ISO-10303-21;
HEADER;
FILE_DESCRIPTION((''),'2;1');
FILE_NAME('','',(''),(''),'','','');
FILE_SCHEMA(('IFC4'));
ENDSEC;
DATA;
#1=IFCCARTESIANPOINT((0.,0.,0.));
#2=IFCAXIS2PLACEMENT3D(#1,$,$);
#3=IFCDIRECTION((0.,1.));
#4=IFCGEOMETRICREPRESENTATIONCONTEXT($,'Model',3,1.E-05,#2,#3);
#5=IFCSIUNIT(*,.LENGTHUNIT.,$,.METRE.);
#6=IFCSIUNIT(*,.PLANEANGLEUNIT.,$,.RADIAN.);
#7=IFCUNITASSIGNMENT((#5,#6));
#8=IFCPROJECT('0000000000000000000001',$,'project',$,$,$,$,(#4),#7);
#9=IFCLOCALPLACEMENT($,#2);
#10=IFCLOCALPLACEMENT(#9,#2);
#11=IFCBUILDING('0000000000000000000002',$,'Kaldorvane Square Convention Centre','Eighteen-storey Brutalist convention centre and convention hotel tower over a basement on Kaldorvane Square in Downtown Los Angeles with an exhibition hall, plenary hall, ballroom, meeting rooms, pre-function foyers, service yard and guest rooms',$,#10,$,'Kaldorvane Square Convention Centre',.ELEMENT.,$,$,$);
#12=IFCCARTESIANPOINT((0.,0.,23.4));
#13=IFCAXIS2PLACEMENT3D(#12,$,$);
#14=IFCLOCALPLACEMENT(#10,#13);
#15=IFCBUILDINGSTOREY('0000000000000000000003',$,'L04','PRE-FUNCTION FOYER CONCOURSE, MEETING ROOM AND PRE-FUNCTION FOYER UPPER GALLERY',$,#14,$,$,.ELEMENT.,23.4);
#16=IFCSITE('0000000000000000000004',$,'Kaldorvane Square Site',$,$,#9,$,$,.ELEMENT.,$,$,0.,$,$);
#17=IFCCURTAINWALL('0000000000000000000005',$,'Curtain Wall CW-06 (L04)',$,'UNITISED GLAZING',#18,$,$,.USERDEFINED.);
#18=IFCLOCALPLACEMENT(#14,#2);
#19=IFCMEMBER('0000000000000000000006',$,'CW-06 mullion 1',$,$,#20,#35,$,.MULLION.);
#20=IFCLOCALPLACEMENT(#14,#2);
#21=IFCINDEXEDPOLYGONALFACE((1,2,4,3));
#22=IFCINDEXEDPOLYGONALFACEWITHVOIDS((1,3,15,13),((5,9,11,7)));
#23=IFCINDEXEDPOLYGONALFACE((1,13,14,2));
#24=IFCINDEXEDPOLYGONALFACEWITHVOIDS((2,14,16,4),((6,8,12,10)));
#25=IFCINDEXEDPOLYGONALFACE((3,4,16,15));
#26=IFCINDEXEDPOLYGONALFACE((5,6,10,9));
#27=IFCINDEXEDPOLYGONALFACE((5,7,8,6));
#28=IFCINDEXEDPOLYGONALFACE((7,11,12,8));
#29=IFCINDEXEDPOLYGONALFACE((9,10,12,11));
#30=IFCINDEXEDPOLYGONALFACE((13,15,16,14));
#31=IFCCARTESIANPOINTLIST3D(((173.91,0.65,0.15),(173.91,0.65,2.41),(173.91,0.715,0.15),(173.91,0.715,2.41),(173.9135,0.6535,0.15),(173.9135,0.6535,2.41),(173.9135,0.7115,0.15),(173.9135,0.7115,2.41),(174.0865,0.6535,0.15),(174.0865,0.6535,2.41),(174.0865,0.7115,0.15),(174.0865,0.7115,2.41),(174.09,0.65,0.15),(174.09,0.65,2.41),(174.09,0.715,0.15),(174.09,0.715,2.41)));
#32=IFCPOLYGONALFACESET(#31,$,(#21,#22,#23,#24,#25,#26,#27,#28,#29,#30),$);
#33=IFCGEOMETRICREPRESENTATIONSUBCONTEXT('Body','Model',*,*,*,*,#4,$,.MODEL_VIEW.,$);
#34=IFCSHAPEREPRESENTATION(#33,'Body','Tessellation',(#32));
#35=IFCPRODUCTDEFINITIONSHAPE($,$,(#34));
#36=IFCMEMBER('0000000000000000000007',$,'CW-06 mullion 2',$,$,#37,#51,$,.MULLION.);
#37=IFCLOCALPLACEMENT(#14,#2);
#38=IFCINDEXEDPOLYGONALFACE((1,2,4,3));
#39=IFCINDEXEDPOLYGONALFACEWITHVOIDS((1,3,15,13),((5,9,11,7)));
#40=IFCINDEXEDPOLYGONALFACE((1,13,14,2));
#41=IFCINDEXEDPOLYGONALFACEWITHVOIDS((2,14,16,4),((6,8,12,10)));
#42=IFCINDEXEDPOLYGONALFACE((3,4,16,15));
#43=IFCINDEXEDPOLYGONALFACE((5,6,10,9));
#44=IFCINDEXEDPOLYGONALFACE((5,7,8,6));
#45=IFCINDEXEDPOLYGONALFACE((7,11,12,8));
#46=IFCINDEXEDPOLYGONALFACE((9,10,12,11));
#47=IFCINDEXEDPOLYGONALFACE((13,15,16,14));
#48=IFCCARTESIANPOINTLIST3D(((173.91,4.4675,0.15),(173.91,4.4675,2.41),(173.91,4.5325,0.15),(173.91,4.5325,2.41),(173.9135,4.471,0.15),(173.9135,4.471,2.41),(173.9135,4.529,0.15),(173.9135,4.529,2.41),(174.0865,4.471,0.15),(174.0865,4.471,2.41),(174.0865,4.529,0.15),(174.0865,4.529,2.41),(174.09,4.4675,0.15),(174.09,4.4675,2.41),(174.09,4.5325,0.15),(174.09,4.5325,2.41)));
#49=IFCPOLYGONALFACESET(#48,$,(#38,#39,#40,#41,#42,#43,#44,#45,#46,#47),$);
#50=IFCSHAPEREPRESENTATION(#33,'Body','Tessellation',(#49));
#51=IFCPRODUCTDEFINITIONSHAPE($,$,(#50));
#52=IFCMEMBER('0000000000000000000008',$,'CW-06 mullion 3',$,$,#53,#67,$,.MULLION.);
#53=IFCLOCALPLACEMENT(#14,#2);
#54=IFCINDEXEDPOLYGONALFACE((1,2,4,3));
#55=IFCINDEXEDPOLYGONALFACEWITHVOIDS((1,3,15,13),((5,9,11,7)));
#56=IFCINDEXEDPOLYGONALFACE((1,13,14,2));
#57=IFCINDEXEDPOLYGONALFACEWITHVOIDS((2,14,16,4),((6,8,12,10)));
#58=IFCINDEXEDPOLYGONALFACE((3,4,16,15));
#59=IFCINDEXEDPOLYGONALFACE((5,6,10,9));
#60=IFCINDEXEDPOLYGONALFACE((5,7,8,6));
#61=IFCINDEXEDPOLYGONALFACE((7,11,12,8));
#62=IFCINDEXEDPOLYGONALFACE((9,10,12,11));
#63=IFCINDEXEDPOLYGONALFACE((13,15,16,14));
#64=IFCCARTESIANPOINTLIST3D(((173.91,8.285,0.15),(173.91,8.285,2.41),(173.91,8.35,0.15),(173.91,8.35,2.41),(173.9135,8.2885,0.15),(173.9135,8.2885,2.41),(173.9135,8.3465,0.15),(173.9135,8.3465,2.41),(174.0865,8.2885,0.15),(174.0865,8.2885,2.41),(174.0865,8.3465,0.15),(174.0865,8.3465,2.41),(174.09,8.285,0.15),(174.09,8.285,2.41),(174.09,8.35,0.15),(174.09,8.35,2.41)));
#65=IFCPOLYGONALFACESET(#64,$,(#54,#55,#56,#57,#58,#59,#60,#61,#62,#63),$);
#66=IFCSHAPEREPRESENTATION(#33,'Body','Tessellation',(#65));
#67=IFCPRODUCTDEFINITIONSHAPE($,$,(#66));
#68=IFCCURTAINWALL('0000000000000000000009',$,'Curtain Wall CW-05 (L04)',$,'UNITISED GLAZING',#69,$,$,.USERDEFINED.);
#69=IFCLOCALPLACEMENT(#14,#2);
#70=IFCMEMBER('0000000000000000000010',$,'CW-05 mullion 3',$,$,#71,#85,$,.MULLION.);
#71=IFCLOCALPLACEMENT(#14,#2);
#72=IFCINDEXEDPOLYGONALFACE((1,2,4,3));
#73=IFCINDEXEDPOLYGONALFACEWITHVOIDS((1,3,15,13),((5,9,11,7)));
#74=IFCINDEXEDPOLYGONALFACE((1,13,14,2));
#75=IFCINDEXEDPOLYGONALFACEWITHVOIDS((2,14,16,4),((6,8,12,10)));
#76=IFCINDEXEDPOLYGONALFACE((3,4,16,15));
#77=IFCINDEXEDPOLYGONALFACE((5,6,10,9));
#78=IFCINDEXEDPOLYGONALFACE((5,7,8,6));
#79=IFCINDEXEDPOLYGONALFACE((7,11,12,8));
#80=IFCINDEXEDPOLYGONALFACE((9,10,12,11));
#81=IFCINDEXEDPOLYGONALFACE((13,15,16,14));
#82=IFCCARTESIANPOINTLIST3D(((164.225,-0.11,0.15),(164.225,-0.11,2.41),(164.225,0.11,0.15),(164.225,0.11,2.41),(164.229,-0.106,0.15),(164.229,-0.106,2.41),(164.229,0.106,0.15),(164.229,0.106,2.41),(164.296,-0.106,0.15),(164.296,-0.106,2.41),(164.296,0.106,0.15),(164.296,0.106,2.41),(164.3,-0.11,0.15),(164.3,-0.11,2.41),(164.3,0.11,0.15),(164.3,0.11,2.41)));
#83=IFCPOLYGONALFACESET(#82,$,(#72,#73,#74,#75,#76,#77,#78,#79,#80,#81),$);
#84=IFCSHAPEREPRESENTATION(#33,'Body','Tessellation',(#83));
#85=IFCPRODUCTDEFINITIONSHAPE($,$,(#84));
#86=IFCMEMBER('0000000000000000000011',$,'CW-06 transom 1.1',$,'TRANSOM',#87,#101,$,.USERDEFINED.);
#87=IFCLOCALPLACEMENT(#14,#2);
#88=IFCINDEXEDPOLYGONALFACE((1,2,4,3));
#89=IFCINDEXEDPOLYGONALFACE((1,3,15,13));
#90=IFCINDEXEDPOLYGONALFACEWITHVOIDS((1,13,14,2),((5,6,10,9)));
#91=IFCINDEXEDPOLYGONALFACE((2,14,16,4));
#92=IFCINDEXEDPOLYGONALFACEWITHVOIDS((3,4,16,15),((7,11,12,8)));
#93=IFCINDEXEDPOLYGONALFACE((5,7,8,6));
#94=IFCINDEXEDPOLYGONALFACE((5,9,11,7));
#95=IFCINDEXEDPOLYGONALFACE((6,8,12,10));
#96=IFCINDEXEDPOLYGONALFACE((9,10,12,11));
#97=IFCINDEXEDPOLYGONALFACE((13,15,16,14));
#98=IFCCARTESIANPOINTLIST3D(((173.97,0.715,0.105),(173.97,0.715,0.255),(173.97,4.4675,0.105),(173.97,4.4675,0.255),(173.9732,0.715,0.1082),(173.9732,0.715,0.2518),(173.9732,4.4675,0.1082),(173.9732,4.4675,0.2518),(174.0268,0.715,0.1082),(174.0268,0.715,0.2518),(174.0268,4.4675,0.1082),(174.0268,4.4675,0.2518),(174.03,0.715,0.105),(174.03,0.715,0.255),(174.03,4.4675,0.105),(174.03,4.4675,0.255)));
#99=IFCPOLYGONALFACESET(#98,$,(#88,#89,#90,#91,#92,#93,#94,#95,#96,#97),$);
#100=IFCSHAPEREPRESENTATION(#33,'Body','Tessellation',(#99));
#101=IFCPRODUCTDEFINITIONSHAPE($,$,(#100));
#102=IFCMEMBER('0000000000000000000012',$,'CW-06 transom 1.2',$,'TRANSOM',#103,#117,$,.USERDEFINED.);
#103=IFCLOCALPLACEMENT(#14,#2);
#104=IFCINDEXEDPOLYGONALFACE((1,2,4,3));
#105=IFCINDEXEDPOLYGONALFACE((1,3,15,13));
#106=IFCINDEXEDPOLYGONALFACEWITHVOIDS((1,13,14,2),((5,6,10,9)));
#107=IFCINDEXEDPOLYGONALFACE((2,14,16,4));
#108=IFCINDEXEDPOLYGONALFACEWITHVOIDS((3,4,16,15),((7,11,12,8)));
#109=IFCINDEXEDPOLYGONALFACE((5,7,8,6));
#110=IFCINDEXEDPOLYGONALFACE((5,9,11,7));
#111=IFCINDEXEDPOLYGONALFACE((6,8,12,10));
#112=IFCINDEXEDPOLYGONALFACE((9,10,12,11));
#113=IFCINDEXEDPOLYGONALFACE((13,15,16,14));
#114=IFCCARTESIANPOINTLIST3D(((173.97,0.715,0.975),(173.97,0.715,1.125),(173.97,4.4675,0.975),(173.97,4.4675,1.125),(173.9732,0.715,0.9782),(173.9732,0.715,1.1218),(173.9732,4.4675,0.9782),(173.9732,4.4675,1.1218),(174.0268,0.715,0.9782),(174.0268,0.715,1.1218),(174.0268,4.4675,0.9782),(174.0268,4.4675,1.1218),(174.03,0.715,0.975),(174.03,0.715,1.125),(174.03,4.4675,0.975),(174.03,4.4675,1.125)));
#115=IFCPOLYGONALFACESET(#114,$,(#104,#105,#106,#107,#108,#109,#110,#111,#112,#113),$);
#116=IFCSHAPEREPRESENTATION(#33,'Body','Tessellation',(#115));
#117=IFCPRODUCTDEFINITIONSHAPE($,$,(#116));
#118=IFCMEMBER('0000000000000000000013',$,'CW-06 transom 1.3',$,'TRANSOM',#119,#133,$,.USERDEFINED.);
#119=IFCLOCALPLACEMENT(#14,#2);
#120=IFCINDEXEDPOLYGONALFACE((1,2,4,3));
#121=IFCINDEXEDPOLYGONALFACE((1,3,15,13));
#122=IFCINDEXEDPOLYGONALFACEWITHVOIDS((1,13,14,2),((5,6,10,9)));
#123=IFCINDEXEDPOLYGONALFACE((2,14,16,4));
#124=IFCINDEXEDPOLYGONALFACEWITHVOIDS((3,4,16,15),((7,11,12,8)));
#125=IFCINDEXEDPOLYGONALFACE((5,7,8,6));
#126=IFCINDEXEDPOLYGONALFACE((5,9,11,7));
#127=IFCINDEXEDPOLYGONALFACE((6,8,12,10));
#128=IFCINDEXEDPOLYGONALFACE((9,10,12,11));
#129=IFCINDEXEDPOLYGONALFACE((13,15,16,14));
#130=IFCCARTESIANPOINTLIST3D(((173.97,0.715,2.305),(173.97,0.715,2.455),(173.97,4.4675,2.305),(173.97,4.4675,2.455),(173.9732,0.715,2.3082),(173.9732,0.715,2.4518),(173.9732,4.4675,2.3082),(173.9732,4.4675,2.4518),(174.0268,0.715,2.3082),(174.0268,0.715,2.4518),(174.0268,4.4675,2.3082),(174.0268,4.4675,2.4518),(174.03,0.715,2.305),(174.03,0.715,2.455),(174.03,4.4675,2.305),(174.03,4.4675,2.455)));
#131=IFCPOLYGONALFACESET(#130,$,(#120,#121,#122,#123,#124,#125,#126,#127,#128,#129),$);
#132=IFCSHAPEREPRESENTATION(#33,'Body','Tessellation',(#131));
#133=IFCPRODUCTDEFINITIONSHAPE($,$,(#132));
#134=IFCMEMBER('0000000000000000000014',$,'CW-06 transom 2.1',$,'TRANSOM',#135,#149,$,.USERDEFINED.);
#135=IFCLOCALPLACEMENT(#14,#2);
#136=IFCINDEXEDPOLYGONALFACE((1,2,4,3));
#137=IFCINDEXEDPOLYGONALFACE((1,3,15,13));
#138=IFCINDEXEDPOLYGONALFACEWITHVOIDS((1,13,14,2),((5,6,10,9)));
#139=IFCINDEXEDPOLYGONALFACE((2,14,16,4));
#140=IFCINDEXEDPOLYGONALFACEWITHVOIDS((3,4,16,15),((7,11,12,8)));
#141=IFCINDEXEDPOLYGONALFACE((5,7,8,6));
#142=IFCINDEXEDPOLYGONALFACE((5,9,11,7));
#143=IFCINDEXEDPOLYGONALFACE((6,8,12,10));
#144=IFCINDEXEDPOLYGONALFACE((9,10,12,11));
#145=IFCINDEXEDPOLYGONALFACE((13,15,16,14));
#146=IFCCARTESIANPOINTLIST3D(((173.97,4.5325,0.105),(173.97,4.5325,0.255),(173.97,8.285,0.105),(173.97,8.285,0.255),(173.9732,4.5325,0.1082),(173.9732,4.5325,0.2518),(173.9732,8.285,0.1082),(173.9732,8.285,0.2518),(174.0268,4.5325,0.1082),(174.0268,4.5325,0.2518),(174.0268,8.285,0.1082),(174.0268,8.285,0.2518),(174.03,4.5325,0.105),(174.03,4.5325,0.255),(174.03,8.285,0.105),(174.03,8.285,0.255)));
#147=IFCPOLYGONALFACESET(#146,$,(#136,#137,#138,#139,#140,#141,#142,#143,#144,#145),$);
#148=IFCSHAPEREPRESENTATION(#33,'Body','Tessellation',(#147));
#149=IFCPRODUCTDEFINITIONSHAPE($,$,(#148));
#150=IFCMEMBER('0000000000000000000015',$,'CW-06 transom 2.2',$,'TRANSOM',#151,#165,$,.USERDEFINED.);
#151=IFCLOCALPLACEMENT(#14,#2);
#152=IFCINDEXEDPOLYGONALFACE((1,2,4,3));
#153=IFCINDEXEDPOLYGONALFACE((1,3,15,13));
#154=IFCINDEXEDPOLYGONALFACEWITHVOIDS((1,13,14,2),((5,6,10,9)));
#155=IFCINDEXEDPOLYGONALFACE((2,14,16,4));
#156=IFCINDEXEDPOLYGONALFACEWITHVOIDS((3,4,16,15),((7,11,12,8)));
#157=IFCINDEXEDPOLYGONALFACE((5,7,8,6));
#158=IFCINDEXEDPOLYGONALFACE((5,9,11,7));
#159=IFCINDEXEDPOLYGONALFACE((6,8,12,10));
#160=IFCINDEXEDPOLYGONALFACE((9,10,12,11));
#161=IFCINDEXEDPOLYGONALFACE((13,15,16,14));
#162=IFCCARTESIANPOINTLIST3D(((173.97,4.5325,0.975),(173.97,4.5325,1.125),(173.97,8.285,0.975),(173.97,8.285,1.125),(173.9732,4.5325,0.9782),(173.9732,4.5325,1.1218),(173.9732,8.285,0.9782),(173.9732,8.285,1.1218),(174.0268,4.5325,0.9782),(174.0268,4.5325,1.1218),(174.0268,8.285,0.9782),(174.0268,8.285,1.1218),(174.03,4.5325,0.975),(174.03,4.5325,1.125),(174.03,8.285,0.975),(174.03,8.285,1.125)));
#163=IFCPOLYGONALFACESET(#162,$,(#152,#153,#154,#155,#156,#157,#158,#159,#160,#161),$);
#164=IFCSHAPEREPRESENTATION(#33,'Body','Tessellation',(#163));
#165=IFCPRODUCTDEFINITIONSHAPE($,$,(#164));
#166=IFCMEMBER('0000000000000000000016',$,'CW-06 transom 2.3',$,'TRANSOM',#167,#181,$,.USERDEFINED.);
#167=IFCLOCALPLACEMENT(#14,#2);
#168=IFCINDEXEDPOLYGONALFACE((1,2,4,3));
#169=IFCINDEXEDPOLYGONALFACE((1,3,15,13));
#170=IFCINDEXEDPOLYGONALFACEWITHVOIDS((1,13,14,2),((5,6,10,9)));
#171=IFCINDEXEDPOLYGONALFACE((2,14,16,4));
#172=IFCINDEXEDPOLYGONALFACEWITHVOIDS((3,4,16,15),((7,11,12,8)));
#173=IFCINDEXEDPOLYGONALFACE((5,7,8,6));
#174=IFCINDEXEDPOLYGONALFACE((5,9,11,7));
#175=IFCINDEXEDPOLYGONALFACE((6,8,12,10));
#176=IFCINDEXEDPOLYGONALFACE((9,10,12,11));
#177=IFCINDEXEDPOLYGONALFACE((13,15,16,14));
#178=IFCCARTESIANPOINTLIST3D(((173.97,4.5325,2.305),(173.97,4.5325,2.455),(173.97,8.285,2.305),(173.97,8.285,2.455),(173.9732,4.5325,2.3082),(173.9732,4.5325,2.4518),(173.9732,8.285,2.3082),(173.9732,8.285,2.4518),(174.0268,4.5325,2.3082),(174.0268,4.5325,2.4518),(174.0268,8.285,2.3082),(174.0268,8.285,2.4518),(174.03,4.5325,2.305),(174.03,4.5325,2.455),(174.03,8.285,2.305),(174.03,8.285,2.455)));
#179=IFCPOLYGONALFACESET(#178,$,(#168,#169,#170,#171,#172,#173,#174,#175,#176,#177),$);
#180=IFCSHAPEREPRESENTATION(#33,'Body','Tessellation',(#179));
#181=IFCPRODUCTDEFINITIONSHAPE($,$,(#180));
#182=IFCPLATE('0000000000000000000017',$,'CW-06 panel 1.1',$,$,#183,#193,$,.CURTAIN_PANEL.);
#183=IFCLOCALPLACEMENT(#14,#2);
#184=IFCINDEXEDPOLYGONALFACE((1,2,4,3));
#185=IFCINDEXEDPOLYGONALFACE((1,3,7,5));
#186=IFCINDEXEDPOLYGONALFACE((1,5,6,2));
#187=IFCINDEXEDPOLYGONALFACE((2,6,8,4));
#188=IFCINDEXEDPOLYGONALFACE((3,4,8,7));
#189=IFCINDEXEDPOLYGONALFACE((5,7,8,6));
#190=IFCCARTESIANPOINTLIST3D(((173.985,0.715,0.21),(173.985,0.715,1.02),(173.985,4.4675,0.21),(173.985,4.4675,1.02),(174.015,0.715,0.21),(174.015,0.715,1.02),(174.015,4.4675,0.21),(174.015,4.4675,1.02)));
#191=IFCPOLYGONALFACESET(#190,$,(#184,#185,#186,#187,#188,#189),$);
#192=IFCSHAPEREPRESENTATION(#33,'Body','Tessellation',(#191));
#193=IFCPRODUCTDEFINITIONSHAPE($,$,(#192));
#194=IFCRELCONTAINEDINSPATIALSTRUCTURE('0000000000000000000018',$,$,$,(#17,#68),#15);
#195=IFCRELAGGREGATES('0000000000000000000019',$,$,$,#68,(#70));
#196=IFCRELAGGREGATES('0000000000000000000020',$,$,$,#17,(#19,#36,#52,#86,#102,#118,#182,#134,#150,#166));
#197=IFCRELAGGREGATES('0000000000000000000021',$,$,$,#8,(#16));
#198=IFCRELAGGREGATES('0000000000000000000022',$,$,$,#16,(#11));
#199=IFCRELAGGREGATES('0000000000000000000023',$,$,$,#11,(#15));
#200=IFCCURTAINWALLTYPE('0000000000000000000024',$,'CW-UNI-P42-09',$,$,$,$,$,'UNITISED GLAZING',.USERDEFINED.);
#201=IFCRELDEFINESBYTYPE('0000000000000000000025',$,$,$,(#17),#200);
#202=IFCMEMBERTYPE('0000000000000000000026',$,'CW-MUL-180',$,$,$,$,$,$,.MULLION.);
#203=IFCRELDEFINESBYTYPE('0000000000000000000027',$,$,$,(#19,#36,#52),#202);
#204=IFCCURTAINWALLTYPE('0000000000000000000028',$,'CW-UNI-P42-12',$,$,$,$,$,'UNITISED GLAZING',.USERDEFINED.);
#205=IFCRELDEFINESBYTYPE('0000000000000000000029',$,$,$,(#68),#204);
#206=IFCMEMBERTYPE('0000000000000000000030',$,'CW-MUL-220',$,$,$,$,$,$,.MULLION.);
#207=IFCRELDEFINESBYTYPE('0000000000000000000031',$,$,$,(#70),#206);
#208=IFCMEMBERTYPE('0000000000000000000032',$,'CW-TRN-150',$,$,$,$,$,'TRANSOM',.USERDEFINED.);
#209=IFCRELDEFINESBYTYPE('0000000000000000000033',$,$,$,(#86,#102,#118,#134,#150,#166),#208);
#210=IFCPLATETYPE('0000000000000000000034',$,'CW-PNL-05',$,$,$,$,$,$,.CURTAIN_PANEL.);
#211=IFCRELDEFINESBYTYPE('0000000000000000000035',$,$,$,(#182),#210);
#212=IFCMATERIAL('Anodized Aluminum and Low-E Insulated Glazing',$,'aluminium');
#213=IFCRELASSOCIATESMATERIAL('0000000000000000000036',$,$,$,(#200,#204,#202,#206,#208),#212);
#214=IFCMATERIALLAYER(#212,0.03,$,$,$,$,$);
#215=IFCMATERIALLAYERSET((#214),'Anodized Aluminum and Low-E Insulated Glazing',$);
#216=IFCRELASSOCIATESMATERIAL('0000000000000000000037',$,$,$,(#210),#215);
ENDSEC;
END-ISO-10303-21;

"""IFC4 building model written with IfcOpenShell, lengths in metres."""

from ifc_helpers import new_model, si_unit, direction, frame, origin, origin_2d, place, context, subcontext, project, spatial, rectangle, hollow_rectangle, extrude, material, layer, layer_set, material_profile, profile_set, type_object, element, aggregate, save


model = new_model("IFC4")

# Units and contexts
model_context = context("Model", 3, precision=1e-05, world=origin(), true_north=direction((0.0, 1.0)))
body_context = subcontext(model_context, "Body", "Model", "MODEL_VIEW")
ifc_project = project(units=[si_unit("LENGTHUNIT", "METRE"), si_unit("PLANEANGLEUNIT", "RADIAN")], contexts=[model_context])

# Site, building, storey
site_placement = place(None, origin())
site = spatial("IfcSite", under=ifc_project, at=site_placement, Name="Kaldorvane Square Site", CompositionType="ELEMENT", RefElevation=0.0)
building_placement = place(site_placement, origin())
building = spatial("IfcBuilding", under=site, at=building_placement, Name="Kaldorvane Square Convention Centre", Description="Eighteen-storey Brutalist convention centre and convention hotel tower over a basement on Kaldorvane Square in Downtown Los Angeles with an exhibition hall, plenary hall, ballroom, meeting rooms, pre-function foyers, service yard and guest rooms", LongName="Kaldorvane Square Convention Centre", CompositionType="ELEMENT")
storey_placement = place(building_placement, frame((0.0, 0.0, 23.4)))
storey = spatial("IfcBuildingStorey", under=building, at=storey_placement, Name="L04", Description="PRE-FUNCTION FOYER CONCOURSE, MEETING ROOM AND PRE-FUNCTION FOYER UPPER GALLERY", CompositionType="ELEMENT", Elevation=23.4)

# Curtain wall, members
ifc_material_1 = material(Name="Anodized Aluminum and Low-E Insulated Glazing", Category="aluminium")
curtain_wall_type_1 = type_object("IfcCurtainWallType", Name="CW-UNI-P42-09", ElementType="UNITISED GLAZING", PredefinedType="USERDEFINED", material=ifc_material_1)
curtain_wall_1_placement = place(storey_placement, origin())
curtain_wall_1 = element("IfcCurtainWall", 1, at=curtain_wall_1_placement, inside=storey, type_object=curtain_wall_type_1, Name="Curtain Wall CW-06 (L04)", ObjectType="UNITISED GLAZING", PredefinedType="USERDEFINED")
ifc_material_profile_1 = material_profile(ifc_material_1, hollow_rectangle(XDim=0.065, YDim=0.18, WallThickness=0.0035, at=origin_2d()), Name="CWM-180X65")
ifc_profile_set_1 = profile_set([ifc_material_profile_1], Name="Anodized Aluminum and Low-E Insulated Glazing")
member_type_1 = type_object("IfcMemberType", Name="CW-MUL-180", PredefinedType="MULLION", material=ifc_profile_set_1)
member_1_placement = place(storey_placement, frame((174.0, 0.6825, 0.15), z_axis=(0.0, 0.0, 1.0), x_axis=(0.0, 1.0, 0.0)))
member_1 = element("IfcMember", 2, at=member_1_placement, type_object=member_type_1, Name="CW-06 mullion 1", PredefinedType="MULLION", context=body_context, shape_type="SweptSolid", body=[
    extrude(hollow_rectangle(XDim=0.065, YDim=0.18, WallThickness=0.0035, at=origin_2d()), origin(), (0.0, 0.0, 1.0), 2.26),
])
member_2_placement = place(storey_placement, frame((174.0, 4.5, 0.15), z_axis=(0.0, 0.0, 1.0), x_axis=(0.0, 1.0, 0.0)))
member_2 = element("IfcMember", 3, at=member_2_placement, type_object=member_type_1, Name="CW-06 mullion 2", PredefinedType="MULLION", context=body_context, shape_type="SweptSolid", body=[
    extrude(hollow_rectangle(XDim=0.065, YDim=0.18, WallThickness=0.0035, at=origin_2d()), origin(), (0.0, 0.0, 1.0), 2.26),
])
member_3_placement = place(storey_placement, frame((174.0, 8.3175, 0.15), z_axis=(0.0, 0.0, 1.0), x_axis=(0.0, 1.0, 0.0)))
member_3 = element("IfcMember", 4, at=member_3_placement, type_object=member_type_1, Name="CW-06 mullion 3", PredefinedType="MULLION", context=body_context, shape_type="SweptSolid", body=[
    extrude(hollow_rectangle(XDim=0.065, YDim=0.18, WallThickness=0.0035, at=origin_2d()), origin(), (0.0, 0.0, 1.0), 2.26),
])

# Curtain wall, member
curtain_wall_type_2 = type_object("IfcCurtainWallType", Name="CW-UNI-P42-12", ElementType="UNITISED GLAZING", PredefinedType="USERDEFINED", material=ifc_material_1)
curtain_wall_2_placement = place(storey_placement, origin())
curtain_wall_2 = element("IfcCurtainWall", 5, at=curtain_wall_2_placement, inside=storey, type_object=curtain_wall_type_2, Name="Curtain Wall CW-05 (L04)", ObjectType="UNITISED GLAZING", PredefinedType="USERDEFINED")
ifc_material_profile_2 = material_profile(ifc_material_1, hollow_rectangle(XDim=0.075, YDim=0.22, WallThickness=0.004, at=origin_2d()), Name="CWM-220X75")
ifc_profile_set_2 = profile_set([ifc_material_profile_2], Name="Anodized Aluminum and Low-E Insulated Glazing")
member_type_2 = type_object("IfcMemberType", Name="CW-MUL-220", PredefinedType="MULLION", material=ifc_profile_set_2)
member_4_placement = place(storey_placement, frame((164.2625, 0.0, 0.15), z_axis=(0.0, 0.0, 1.0), x_axis=(1.0, 0.0, 0.0)))
member_4 = element("IfcMember", 6, at=member_4_placement, type_object=member_type_2, Name="CW-05 mullion 3", PredefinedType="MULLION", context=body_context, shape_type="SweptSolid", body=[
    extrude(hollow_rectangle(XDim=0.075, YDim=0.22, WallThickness=0.004, at=origin_2d()), origin(), (0.0, 0.0, 1.0), 2.26),
])
aggregate(curtain_wall_2, [member_4])

# Members
ifc_material_profile_3 = material_profile(ifc_material_1, hollow_rectangle(XDim=0.06, YDim=0.15, WallThickness=0.0032, at=origin_2d()), Name="CWT-150X60")
ifc_profile_set_3 = profile_set([ifc_material_profile_3], Name="Anodized Aluminum and Low-E Insulated Glazing")
member_type_3 = type_object("IfcMemberType", Name="CW-TRN-150", ElementType="TRANSOM", PredefinedType="USERDEFINED", material=ifc_profile_set_3)
member_5_placement = place(storey_placement, frame((174.0, 0.715, 0.18), z_axis=(0.0, 1.0, 0.0), x_axis=(-1.0, 0.0, 0.0)))
member_5 = element("IfcMember", 7, at=member_5_placement, type_object=member_type_3, Name="CW-06 transom 1.1", ObjectType="TRANSOM", PredefinedType="USERDEFINED", context=body_context, shape_type="SweptSolid", body=[
    extrude(hollow_rectangle(XDim=0.06, YDim=0.15, WallThickness=0.0032, at=origin_2d()), origin(), (0.0, 0.0, 1.0), 3.7525),
])
member_6_placement = place(storey_placement, frame((174.0, 0.715, 1.05), z_axis=(0.0, 1.0, 0.0), x_axis=(-1.0, 0.0, 0.0)))
member_6 = element("IfcMember", 8, at=member_6_placement, type_object=member_type_3, Name="CW-06 transom 1.2", ObjectType="TRANSOM", PredefinedType="USERDEFINED", context=body_context, shape_type="SweptSolid", body=[
    extrude(hollow_rectangle(XDim=0.06, YDim=0.15, WallThickness=0.0032, at=origin_2d()), origin(), (0.0, 0.0, 1.0), 3.7525),
])
member_7_placement = place(storey_placement, frame((174.0, 0.715, 2.38), z_axis=(0.0, 1.0, 0.0), x_axis=(-1.0, 0.0, 0.0)))
member_7 = element("IfcMember", 9, at=member_7_placement, type_object=member_type_3, Name="CW-06 transom 1.3", ObjectType="TRANSOM", PredefinedType="USERDEFINED", context=body_context, shape_type="SweptSolid", body=[
    extrude(hollow_rectangle(XDim=0.06, YDim=0.15, WallThickness=0.0032, at=origin_2d()), origin(), (0.0, 0.0, 1.0), 3.7525),
])
member_8_placement = place(storey_placement, frame((174.0, 4.5325, 0.18), z_axis=(0.0, 1.0, 0.0), x_axis=(-1.0, 0.0, 0.0)))
member_8 = element("IfcMember", 10, at=member_8_placement, type_object=member_type_3, Name="CW-06 transom 2.1", ObjectType="TRANSOM", PredefinedType="USERDEFINED", context=body_context, shape_type="SweptSolid", body=[
    extrude(hollow_rectangle(XDim=0.06, YDim=0.15, WallThickness=0.0032, at=origin_2d()), origin(), (0.0, 0.0, 1.0), 3.7525),
])
member_9_placement = place(storey_placement, frame((174.0, 4.5325, 1.05), z_axis=(0.0, 1.0, 0.0), x_axis=(-1.0, 0.0, 0.0)))
member_9 = element("IfcMember", 11, at=member_9_placement, type_object=member_type_3, Name="CW-06 transom 2.2", ObjectType="TRANSOM", PredefinedType="USERDEFINED", context=body_context, shape_type="SweptSolid", body=[
    extrude(hollow_rectangle(XDim=0.06, YDim=0.15, WallThickness=0.0032, at=origin_2d()), origin(), (0.0, 0.0, 1.0), 3.7525),
])
member_10_placement = place(storey_placement, frame((174.0, 4.5325, 2.38), z_axis=(0.0, 1.0, 0.0), x_axis=(-1.0, 0.0, 0.0)))
member_10 = element("IfcMember", 12, at=member_10_placement, type_object=member_type_3, Name="CW-06 transom 2.3", ObjectType="TRANSOM", PredefinedType="USERDEFINED", context=body_context, shape_type="SweptSolid", body=[
    extrude(hollow_rectangle(XDim=0.06, YDim=0.15, WallThickness=0.0032, at=origin_2d()), origin(), (0.0, 0.0, 1.0), 3.7525),
])

# Plate
ifc_layer_1 = layer(ifc_material_1, 0.03)
ifc_layer_set_1 = layer_set([ifc_layer_1], Name="Anodized Aluminum and Low-E Insulated Glazing")
plate_type = type_object("IfcPlateType", Name="CW-PNL-05", PredefinedType="CURTAIN_PANEL", material=ifc_layer_set_1)
plate_1_placement = place(storey_placement, frame((174.0, 2.5912, 0.21), z_axis=(0.0, 0.0, 1.0), x_axis=(0.0, 1.0, 0.0)))
plate_1 = element("IfcPlate", 13, at=plate_1_placement, type_object=plate_type, Name="CW-06 panel 1.1", PredefinedType="CURTAIN_PANEL", context=body_context, shape_type="SweptSolid", body=[
    extrude(rectangle(XDim=3.7525, YDim=0.03, at=origin_2d()), origin(), (0.0, 0.0, 1.0), 0.81),
])
aggregate(curtain_wall_1, [member_1, member_2, member_3, member_5, member_6, member_7, plate_1, member_8, member_9, member_10])

save(model, "model.ifc")
